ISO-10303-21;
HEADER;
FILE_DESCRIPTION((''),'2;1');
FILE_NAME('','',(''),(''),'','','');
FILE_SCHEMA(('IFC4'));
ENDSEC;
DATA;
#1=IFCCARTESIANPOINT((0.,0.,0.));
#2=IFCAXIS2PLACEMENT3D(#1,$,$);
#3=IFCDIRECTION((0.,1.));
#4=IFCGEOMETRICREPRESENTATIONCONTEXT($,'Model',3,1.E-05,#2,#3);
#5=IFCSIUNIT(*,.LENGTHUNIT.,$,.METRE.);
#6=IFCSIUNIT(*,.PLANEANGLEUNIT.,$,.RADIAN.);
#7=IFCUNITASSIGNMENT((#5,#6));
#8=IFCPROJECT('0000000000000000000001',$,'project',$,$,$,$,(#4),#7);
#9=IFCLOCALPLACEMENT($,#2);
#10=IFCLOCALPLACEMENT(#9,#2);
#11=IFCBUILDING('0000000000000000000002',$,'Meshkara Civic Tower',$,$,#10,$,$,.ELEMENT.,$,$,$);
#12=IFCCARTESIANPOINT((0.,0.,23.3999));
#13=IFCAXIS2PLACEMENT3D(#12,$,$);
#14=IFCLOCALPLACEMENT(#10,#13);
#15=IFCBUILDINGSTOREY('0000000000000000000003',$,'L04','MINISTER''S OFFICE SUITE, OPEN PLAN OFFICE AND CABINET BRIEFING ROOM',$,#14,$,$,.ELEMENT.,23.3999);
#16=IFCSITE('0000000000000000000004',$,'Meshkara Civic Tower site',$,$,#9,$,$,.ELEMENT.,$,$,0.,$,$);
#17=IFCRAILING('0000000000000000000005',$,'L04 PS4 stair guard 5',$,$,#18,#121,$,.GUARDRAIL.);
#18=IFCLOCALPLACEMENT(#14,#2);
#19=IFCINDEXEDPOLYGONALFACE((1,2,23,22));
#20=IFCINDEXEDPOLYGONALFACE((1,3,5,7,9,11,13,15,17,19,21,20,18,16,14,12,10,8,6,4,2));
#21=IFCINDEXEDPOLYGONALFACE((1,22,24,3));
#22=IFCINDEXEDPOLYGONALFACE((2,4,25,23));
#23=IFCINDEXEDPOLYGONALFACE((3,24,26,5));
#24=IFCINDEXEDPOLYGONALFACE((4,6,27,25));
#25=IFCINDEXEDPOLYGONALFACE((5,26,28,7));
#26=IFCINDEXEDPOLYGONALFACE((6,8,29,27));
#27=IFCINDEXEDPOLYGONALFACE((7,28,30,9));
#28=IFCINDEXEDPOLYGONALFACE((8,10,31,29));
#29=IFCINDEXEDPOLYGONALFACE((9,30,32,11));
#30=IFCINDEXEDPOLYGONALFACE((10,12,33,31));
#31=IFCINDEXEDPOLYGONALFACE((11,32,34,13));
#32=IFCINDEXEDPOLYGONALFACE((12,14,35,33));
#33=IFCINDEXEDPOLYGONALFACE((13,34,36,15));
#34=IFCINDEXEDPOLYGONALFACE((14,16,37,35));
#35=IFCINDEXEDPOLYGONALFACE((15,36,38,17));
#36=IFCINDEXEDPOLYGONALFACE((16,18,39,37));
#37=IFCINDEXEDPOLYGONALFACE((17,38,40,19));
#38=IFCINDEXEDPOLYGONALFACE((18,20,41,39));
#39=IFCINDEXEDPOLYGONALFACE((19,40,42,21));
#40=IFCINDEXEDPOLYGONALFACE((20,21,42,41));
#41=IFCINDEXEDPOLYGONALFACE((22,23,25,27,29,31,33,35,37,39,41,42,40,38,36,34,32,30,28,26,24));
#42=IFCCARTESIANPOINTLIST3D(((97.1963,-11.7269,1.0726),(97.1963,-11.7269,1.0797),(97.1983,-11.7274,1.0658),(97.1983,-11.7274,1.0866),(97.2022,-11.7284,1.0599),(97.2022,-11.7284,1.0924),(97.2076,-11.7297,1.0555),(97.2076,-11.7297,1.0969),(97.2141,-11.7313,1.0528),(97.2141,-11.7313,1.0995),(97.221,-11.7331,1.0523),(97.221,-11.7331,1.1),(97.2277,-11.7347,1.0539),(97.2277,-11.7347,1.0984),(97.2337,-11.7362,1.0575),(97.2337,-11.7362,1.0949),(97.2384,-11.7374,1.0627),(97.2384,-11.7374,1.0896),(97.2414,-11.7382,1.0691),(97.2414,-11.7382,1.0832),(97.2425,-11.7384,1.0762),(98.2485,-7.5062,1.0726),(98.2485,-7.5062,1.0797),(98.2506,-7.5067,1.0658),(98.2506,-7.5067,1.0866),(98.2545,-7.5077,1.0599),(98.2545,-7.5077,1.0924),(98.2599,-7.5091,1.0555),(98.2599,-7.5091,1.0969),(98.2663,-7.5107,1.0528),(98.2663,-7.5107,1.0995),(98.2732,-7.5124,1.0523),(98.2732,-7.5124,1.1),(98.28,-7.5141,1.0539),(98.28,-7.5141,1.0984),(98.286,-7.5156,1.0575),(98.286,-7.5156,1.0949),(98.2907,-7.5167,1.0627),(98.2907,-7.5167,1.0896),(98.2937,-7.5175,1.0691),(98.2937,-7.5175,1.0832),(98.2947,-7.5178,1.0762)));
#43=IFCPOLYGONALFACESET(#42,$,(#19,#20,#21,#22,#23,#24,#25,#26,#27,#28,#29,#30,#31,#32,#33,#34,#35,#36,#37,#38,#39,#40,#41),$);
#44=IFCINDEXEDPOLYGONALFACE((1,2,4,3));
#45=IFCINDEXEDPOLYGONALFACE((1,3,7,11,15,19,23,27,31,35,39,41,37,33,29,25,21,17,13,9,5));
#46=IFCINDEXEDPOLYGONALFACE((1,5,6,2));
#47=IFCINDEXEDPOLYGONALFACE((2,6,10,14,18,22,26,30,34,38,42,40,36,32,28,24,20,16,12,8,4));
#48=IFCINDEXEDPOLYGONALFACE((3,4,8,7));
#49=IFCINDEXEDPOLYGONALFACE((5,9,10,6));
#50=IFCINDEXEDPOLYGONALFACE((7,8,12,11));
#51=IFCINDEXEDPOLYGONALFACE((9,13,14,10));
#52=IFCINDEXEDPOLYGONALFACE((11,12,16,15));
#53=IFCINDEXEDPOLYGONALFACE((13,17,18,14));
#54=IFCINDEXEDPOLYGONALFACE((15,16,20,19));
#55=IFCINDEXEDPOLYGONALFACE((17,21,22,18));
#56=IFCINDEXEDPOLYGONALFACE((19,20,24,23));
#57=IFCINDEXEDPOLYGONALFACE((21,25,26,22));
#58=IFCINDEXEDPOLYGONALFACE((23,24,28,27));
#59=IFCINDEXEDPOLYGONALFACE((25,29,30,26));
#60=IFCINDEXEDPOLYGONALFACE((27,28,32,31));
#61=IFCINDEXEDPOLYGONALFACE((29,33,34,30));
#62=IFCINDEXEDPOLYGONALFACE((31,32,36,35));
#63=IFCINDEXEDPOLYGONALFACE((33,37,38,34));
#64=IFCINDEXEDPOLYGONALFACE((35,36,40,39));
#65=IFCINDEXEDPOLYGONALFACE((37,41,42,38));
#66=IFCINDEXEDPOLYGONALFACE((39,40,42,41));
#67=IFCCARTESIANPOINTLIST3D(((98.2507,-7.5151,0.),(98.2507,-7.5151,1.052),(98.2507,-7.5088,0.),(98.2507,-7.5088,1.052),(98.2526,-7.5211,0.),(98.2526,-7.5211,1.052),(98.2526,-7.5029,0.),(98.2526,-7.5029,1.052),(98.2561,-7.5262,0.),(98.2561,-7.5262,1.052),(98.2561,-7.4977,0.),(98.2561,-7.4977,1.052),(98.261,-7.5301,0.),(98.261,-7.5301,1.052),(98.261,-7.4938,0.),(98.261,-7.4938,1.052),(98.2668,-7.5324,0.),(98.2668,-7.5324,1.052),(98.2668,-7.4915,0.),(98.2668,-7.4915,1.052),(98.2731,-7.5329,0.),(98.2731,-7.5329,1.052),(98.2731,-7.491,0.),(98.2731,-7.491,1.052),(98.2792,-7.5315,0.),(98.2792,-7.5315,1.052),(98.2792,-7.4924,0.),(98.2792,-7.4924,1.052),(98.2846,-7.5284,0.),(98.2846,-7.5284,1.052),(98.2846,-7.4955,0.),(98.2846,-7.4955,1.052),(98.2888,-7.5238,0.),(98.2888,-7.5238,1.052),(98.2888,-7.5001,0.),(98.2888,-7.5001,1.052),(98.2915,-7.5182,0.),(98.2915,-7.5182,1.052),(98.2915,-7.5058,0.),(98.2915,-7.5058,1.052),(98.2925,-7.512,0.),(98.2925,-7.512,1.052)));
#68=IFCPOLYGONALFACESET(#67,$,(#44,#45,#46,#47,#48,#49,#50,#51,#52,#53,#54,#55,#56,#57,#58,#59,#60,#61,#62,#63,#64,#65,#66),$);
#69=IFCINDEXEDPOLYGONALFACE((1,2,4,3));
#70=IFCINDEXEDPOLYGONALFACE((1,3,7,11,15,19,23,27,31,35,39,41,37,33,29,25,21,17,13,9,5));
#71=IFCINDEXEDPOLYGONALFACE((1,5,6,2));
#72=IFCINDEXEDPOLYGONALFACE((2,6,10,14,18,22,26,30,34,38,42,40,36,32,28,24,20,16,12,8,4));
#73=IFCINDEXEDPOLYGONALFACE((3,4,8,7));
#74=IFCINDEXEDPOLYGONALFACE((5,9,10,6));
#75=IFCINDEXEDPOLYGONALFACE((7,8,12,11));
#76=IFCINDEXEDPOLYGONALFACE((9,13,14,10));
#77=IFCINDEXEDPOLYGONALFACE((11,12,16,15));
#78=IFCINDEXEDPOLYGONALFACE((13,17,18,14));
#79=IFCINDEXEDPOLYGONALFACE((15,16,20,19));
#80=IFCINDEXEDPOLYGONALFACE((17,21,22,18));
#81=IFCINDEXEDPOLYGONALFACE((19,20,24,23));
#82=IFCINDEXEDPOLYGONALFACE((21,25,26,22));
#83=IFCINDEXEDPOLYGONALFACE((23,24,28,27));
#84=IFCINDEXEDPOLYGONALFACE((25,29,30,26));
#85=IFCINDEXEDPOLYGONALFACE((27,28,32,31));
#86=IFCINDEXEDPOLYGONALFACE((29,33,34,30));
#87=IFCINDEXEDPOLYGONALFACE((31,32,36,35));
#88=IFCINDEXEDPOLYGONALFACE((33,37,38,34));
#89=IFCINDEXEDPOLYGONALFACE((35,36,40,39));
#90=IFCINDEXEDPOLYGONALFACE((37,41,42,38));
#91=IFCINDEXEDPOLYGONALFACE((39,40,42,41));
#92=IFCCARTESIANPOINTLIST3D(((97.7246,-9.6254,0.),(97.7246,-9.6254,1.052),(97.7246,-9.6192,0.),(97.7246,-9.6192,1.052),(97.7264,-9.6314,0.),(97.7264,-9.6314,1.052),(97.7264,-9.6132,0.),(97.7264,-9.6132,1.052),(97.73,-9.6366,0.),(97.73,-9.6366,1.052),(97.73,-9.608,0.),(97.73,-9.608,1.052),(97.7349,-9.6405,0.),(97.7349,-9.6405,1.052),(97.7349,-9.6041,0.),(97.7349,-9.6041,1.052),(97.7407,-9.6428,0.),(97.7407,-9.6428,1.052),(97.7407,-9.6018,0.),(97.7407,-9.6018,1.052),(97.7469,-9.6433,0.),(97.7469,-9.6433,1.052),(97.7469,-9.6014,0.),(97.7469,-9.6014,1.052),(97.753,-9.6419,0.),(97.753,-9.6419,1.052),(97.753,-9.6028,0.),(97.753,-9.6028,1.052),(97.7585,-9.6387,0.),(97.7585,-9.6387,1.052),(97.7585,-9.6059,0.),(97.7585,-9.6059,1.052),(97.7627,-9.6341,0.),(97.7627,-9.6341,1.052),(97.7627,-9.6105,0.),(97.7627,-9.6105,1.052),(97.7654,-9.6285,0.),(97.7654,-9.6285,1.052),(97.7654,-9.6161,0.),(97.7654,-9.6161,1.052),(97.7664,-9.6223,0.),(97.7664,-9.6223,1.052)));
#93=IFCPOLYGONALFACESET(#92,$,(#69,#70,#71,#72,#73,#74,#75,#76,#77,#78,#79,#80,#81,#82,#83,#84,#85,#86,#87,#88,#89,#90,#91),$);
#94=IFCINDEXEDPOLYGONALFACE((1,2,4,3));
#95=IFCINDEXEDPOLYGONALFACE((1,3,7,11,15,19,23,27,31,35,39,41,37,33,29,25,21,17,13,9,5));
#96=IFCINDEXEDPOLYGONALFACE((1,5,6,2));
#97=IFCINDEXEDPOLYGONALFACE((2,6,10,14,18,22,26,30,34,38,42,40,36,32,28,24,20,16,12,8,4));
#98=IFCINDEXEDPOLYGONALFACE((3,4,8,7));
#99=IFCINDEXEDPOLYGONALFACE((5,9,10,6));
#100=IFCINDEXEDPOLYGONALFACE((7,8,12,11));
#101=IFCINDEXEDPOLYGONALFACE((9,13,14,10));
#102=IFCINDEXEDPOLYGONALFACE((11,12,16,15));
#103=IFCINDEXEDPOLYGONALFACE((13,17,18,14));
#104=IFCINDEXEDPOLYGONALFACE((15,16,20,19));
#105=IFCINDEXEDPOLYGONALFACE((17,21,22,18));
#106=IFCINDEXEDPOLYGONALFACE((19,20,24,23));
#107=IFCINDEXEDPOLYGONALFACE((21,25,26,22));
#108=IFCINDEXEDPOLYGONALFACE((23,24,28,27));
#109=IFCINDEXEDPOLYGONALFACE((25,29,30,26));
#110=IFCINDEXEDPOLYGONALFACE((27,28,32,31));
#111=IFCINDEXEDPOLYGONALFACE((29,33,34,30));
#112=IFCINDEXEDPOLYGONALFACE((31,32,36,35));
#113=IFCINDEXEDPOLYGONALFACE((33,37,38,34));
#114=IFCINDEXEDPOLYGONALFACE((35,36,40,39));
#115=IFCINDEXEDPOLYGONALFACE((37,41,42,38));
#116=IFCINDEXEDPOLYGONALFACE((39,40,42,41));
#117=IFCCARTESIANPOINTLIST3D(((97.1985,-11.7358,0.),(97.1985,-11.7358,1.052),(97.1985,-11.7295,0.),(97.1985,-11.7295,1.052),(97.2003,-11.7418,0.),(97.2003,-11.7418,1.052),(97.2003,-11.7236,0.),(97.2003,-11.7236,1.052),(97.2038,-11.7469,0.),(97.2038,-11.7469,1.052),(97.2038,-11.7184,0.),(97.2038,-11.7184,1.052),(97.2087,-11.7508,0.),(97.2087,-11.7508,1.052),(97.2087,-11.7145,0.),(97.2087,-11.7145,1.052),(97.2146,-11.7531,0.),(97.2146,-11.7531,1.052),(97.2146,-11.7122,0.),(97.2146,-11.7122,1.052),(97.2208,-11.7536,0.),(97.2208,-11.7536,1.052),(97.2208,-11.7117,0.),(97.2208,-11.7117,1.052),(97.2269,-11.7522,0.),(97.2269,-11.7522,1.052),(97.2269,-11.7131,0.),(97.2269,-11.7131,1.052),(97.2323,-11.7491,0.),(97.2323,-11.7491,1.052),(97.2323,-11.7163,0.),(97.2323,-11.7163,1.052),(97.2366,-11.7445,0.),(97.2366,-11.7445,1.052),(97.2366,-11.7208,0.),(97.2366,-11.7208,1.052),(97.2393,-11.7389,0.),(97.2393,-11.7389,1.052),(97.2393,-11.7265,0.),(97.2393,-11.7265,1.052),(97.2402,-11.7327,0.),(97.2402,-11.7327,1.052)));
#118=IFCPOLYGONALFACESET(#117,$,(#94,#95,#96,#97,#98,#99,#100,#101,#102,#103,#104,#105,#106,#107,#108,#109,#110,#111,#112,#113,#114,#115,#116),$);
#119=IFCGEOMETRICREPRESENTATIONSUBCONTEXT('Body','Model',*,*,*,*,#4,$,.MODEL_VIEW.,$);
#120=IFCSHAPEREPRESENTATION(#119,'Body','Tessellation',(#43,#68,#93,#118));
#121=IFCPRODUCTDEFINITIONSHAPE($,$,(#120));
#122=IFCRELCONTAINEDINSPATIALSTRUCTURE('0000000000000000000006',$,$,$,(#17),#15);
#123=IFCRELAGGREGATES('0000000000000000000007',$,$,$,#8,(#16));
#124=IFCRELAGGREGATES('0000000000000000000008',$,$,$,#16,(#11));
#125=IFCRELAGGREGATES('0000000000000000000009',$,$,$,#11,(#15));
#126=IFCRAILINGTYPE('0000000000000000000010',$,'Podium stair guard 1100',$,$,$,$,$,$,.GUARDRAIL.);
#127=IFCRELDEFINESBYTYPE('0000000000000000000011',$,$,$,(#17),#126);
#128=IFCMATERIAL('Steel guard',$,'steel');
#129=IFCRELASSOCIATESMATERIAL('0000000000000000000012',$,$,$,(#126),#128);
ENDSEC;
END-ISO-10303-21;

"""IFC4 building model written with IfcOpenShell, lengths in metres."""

from ifc_helpers import new_model, si_unit, direction, frame, origin, origin_2d, place, context, subcontext, project, spatial, circle, extrude, material, type_object, element, save


model = new_model("IFC4")

# Units and contexts
model_context = context("Model", 3, precision=1e-05, world=origin(), true_north=direction((0.0, 1.0)))
body_context = subcontext(model_context, "Body", "Model", "MODEL_VIEW")
ifc_project = project(units=[si_unit("LENGTHUNIT", "METRE"), si_unit("PLANEANGLEUNIT", "RADIAN")], contexts=[model_context])

# Site, building, storey
site_placement = place(None, origin())
site = spatial("IfcSite", under=ifc_project, at=site_placement, Name="Meshkara Civic Tower site", CompositionType="ELEMENT", RefElevation=0.0)
building_placement = place(site_placement, origin())
building = spatial("IfcBuilding", under=site, at=building_placement, Name="Meshkara Civic Tower", CompositionType="ELEMENT")
storey_placement = place(building_placement, frame((0.0, 0.0, 23.3999)))
storey = spatial("IfcBuildingStorey", under=building, at=storey_placement, Name="L04", Description="MINISTER'S OFFICE SUITE, OPEN PLAN OFFICE AND CABINET BRIEFING ROOM", CompositionType="ELEMENT", Elevation=23.3999)

# Railing
ifc_material_1 = material(Name="Steel guard", Category="steel")
railing_type_1 = type_object("IfcRailingType", Name="Podium stair guard 1100", PredefinedType="GUARDRAIL", material=ifc_material_1)
railing_1_placement = place(storey_placement, frame((98.2715, -7.512, 0.0)))
element("IfcRailing", 1, at=railing_1_placement, inside=storey, type_object=railing_type_1, Name="L04 PS4 stair guard 5", PredefinedType="GUARDRAIL", context=body_context, shape_type="SweptSolid", body=[
    extrude(circle(Radius=0.0239, at=origin_2d()), frame((0.0, 0.0, 1.0762), z_axis=(-0.241902, -0.970301, 0.0), x_axis=(0.970301, -0.241902, 0.0)), (0.0, 0.0, 1.0), 4.3499),
    extrude(circle(Radius=0.021, at=origin_2d()), origin(), (0.0, 0.0, 1.0), 1.052),
    extrude(circle(Radius=0.021, at=origin_2d()), frame((-0.5261, -2.1104, 0.0)), (0.0, 0.0, 1.0), 1.052),
    extrude(circle(Radius=0.021, at=origin_2d()), frame((-1.0522, -4.2207, 0.0)), (0.0, 0.0, 1.0), 1.052),
])

save(model, "model.ifc")
